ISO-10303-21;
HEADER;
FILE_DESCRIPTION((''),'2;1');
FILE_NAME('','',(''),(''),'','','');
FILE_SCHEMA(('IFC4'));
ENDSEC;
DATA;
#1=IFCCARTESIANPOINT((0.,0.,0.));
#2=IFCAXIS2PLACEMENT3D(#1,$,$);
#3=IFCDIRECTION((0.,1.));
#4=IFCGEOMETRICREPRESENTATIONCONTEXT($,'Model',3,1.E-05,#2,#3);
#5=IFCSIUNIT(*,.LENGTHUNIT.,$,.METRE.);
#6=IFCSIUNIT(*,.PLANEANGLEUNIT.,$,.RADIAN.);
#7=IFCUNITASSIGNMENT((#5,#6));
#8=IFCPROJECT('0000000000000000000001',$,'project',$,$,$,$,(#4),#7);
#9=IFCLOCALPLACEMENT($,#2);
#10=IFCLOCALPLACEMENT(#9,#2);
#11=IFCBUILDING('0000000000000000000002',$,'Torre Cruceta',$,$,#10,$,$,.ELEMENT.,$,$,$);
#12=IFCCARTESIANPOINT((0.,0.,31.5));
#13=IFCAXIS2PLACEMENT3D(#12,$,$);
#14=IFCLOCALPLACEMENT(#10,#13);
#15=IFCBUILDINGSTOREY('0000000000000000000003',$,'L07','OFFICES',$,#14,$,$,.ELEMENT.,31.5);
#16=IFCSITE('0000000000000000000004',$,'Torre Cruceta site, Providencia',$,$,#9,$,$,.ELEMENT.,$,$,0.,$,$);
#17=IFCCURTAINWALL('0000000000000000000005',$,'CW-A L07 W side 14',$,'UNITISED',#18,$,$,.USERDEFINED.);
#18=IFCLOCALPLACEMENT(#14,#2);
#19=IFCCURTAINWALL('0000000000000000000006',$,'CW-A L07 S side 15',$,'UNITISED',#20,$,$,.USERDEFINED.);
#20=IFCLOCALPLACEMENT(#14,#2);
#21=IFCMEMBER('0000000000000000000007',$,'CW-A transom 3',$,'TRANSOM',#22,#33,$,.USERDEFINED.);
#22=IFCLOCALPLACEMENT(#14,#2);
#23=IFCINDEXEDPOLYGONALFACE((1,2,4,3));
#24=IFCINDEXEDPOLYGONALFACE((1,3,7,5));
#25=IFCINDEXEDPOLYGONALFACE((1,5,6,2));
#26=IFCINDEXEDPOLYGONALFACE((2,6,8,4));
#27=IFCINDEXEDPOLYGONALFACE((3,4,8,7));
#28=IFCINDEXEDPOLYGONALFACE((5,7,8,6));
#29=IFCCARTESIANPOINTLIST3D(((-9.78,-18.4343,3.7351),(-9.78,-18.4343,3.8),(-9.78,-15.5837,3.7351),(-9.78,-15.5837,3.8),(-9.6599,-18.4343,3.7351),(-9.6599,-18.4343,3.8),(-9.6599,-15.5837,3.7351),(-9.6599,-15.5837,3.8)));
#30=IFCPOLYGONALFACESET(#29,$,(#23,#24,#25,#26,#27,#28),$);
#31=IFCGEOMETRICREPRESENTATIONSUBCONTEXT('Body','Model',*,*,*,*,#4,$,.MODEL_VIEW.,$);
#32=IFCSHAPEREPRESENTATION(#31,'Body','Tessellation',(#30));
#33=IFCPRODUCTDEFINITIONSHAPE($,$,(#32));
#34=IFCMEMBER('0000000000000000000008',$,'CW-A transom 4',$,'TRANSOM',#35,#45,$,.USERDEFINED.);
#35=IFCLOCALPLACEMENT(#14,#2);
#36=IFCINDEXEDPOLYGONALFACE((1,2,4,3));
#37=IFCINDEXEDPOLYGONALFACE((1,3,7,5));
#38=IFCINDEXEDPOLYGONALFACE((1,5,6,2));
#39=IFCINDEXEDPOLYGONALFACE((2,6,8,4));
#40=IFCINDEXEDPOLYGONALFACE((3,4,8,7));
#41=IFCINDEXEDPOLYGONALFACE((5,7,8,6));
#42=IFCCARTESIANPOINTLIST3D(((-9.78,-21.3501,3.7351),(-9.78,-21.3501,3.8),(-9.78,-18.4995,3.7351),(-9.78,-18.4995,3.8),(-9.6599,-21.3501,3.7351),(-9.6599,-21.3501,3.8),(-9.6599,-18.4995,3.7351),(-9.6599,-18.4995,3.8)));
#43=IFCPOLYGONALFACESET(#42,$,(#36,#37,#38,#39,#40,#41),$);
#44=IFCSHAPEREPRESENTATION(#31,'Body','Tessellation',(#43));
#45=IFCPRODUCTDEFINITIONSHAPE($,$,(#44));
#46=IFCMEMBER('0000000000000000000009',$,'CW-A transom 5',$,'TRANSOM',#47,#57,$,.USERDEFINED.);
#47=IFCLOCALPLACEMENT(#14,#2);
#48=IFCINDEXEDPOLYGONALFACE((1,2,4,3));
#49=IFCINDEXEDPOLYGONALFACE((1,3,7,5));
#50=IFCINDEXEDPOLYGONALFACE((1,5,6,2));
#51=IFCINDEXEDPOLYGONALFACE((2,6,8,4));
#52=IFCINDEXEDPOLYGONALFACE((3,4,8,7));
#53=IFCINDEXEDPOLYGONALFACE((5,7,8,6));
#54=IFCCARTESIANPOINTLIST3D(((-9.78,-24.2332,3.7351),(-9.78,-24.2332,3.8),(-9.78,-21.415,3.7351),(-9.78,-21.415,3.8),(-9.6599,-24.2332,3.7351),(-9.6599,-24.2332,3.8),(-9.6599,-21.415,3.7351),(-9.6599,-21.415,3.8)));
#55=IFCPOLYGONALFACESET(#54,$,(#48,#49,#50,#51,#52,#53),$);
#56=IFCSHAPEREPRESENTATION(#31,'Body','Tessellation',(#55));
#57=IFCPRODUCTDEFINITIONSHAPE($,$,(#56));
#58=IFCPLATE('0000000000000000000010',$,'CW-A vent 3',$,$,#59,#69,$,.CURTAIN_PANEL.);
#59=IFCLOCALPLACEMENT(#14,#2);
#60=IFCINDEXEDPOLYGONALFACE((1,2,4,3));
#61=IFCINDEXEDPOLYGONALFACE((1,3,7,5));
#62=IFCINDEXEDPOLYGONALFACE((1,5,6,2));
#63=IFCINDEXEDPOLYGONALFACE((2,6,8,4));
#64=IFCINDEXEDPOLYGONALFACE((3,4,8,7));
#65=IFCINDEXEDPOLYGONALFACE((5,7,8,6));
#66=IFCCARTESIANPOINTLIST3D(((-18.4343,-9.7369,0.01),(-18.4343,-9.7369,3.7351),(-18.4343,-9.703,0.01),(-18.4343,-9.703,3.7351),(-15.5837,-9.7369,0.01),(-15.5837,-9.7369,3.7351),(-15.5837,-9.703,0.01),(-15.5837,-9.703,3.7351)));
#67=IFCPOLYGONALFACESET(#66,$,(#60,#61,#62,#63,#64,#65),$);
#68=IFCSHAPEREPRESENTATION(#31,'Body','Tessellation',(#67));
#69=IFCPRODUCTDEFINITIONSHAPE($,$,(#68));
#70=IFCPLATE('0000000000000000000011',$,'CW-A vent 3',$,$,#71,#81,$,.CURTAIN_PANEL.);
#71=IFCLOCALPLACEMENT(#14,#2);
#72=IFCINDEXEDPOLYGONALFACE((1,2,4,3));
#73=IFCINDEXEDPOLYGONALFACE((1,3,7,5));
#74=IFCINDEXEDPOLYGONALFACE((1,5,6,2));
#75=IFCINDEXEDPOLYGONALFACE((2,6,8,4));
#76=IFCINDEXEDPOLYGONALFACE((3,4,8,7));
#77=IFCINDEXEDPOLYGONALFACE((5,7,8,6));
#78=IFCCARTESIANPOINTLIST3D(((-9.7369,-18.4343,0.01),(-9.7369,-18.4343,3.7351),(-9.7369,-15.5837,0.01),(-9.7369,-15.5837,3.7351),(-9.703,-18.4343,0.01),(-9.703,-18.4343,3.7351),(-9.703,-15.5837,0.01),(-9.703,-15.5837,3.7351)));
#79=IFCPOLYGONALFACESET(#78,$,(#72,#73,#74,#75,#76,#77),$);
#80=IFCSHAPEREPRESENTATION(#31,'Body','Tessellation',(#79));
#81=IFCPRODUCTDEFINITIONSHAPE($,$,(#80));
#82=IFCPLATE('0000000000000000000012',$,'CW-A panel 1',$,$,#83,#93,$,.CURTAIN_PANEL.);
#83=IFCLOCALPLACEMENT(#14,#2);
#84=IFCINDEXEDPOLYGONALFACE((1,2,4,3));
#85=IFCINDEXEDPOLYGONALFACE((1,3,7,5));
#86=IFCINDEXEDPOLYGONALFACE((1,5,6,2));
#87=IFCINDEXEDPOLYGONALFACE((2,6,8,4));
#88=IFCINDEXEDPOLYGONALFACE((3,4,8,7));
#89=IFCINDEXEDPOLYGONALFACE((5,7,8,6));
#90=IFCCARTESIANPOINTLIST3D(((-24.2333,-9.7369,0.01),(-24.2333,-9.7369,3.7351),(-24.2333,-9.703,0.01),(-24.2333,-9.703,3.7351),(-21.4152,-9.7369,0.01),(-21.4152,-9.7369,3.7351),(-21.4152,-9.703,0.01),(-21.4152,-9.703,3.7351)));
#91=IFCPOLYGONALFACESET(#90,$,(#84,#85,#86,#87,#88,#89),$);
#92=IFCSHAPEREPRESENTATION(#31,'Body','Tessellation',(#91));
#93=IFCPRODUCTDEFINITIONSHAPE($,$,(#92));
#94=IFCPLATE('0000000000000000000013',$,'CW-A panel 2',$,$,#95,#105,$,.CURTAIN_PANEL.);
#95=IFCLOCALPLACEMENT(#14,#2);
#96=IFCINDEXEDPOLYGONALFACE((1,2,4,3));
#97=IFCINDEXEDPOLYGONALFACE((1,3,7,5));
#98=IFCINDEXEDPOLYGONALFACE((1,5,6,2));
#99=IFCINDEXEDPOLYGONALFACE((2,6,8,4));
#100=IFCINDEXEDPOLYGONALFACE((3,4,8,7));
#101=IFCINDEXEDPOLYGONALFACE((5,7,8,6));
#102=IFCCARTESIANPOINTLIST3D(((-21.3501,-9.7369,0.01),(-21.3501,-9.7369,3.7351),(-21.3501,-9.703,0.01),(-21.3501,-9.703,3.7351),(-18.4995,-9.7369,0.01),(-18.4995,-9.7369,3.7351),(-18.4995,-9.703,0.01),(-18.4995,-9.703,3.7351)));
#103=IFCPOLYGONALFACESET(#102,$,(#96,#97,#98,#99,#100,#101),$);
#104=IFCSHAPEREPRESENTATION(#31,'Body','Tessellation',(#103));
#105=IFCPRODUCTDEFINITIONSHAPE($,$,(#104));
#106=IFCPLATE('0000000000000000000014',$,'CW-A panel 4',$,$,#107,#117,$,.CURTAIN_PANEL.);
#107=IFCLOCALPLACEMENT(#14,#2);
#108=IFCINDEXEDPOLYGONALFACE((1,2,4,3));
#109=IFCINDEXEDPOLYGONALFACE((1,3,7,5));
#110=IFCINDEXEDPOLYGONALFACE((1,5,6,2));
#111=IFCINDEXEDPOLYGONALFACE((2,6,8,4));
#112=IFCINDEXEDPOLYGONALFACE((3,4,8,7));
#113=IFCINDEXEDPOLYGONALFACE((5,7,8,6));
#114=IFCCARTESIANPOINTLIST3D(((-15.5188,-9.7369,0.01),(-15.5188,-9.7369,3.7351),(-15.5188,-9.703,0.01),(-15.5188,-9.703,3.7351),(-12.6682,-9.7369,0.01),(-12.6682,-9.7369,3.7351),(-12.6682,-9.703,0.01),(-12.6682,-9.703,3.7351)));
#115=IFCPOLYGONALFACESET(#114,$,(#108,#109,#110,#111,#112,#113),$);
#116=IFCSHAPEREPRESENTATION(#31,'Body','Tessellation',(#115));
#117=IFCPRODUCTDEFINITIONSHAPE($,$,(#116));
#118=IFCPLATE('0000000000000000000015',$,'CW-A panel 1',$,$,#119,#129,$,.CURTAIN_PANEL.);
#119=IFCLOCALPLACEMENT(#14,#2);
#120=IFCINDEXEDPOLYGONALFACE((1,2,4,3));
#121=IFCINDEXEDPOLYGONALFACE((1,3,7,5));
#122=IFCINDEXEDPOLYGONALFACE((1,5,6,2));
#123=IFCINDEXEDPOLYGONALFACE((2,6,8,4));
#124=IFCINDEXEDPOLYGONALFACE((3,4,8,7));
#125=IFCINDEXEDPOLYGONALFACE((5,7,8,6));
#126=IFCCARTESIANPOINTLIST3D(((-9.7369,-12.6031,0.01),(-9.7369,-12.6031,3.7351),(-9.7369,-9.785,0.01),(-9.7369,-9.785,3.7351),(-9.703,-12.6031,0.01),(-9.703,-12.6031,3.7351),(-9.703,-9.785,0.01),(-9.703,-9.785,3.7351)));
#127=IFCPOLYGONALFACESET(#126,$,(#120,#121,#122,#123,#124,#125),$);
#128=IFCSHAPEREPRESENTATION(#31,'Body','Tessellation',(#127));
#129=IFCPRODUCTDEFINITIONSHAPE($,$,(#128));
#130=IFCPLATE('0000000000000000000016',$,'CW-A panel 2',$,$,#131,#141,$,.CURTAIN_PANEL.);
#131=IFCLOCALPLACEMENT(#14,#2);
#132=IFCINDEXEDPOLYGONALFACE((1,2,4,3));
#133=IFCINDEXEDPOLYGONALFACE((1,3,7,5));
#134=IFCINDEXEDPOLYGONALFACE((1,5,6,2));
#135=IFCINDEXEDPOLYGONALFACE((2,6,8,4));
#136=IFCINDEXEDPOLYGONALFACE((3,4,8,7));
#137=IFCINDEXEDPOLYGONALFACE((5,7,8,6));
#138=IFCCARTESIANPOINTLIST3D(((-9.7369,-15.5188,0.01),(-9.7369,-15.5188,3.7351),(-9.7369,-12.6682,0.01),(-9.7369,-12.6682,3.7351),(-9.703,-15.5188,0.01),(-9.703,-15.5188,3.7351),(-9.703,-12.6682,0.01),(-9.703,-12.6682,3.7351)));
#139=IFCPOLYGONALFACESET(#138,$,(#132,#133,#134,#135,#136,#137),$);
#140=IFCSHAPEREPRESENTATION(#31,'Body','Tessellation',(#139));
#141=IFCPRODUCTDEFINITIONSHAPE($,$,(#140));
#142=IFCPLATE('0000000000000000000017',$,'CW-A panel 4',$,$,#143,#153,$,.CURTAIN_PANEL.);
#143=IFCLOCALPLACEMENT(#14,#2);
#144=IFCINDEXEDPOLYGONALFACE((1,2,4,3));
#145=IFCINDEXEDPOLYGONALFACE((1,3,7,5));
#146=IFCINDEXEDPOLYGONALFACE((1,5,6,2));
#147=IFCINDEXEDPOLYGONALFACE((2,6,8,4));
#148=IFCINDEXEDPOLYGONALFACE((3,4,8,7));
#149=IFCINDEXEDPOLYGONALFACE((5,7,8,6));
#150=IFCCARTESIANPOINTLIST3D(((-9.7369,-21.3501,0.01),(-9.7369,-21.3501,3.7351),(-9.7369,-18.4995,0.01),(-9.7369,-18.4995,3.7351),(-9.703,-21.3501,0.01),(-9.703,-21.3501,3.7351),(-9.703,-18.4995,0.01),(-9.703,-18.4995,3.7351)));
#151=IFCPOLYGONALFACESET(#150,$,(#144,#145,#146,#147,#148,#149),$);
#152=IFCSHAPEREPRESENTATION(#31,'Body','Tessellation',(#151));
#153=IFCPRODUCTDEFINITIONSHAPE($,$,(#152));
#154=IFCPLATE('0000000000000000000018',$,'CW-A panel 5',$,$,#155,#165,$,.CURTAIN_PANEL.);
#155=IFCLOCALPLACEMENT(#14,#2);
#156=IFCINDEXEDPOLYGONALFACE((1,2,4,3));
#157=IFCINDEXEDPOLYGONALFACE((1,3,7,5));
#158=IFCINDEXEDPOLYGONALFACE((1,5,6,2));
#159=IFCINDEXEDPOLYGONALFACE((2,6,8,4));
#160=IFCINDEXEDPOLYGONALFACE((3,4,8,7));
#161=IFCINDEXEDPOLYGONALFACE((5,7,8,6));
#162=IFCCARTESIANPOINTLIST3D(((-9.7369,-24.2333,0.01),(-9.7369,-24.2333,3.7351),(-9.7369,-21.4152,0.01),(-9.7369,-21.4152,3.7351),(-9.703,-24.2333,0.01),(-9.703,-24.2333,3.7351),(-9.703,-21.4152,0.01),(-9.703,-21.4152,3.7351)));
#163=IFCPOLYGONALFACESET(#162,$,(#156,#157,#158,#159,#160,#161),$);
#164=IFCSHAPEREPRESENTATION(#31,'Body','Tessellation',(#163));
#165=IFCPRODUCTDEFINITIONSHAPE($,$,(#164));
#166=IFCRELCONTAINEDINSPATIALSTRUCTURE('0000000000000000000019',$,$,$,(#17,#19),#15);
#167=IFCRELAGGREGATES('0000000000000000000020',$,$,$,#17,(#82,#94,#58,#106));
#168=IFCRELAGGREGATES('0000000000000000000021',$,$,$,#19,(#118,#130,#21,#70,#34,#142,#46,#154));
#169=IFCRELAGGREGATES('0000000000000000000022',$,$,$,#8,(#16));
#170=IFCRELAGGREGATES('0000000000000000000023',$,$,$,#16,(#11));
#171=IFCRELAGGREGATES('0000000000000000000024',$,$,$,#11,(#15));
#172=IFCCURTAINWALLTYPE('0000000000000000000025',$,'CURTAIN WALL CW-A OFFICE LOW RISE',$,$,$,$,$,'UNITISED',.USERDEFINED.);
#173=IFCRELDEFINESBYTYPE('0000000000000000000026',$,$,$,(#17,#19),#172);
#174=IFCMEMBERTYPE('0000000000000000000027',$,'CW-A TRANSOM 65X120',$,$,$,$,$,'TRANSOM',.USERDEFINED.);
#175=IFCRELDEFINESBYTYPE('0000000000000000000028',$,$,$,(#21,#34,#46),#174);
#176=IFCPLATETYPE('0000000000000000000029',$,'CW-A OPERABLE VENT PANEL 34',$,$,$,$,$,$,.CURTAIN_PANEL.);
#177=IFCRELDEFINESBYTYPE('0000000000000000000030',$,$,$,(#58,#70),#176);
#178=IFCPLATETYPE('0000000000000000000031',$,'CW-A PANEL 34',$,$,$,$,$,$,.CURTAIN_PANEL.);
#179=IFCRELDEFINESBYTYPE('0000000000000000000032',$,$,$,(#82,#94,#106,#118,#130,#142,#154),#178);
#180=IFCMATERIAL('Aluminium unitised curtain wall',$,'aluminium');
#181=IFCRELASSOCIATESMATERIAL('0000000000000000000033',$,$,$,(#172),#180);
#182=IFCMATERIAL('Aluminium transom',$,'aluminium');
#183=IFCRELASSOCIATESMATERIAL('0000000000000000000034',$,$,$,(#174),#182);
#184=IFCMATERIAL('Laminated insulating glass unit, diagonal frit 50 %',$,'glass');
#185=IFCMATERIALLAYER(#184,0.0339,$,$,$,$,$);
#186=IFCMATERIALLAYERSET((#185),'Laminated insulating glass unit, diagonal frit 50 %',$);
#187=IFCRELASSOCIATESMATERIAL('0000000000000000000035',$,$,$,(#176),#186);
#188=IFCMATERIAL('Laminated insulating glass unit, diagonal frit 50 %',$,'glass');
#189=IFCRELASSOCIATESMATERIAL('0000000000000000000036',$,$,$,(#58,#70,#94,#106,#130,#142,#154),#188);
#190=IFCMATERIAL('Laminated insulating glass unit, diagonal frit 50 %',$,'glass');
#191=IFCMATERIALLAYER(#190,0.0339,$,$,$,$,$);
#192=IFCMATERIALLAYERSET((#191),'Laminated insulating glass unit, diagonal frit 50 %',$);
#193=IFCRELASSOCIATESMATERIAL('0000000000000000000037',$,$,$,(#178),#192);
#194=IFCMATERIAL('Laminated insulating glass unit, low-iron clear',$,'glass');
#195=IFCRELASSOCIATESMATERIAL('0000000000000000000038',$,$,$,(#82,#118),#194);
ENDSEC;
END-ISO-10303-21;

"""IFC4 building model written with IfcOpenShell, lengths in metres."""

from ifc_helpers import new_model, si_unit, direction, frame, origin, origin_2d, place, context, subcontext, project, spatial, rectangle, extrude, material, layer, layer_set, material_profile, profile_set, type_object, element, aggregate, save


model = new_model("IFC4")

# Units and contexts
model_context = context("Model", 3, precision=1e-05, world=origin(), true_north=direction((0.0, 1.0)))
body_context = subcontext(model_context, "Body", "Model", "MODEL_VIEW")
ifc_project = project(units=[si_unit("LENGTHUNIT", "METRE"), si_unit("PLANEANGLEUNIT", "RADIAN")], contexts=[model_context])

# Site, building, storey
site_placement = place(None, origin())
site = spatial("IfcSite", under=ifc_project, at=site_placement, Name="Torre Cruceta site, Providencia", CompositionType="ELEMENT", RefElevation=0.0)
building_placement = place(site_placement, origin())
building = spatial("IfcBuilding", under=site, at=building_placement, Name="Torre Cruceta", CompositionType="ELEMENT")
storey_placement = place(building_placement, frame((0.0, 0.0, 31.5)))
storey = spatial("IfcBuildingStorey", under=building, at=storey_placement, Name="L07", Description="OFFICES", CompositionType="ELEMENT", Elevation=31.5)

# Curtain walls
ifc_material_1 = material(Name="Aluminium unitised curtain wall", Category="aluminium")
curtain_wall_type = type_object("IfcCurtainWallType", Name="CURTAIN WALL CW-A OFFICE LOW RISE", ElementType="UNITISED", PredefinedType="USERDEFINED", material=ifc_material_1)
curtain_wall_1_placement = place(storey_placement, origin())
curtain_wall_1 = element("IfcCurtainWall", 1, at=curtain_wall_1_placement, inside=storey, type_object=curtain_wall_type, Name="CW-A L07 W side 14", ObjectType="UNITISED", PredefinedType="USERDEFINED")
curtain_wall_2_placement = place(storey_placement, origin())
curtain_wall_2 = element("IfcCurtainWall", 2, at=curtain_wall_2_placement, inside=storey, type_object=curtain_wall_type, Name="CW-A L07 S side 15", ObjectType="UNITISED", PredefinedType="USERDEFINED")

# Members
ifc_material_2 = material(Name="Aluminium transom", Category="aluminium")
ifc_material_profile_1 = material_profile(ifc_material_2, rectangle(XDim=0.1201, YDim=0.0649, at=origin_2d()), Name="AL 120X65")
ifc_profile_set_1 = profile_set([ifc_material_profile_1], Name="Aluminium transom")
member_type_1 = type_object("IfcMemberType", Name="CW-A TRANSOM 65X120", ElementType="TRANSOM", PredefinedType="USERDEFINED", material=ifc_profile_set_1)
member_1_placement = place(storey_placement, frame((-9.72, -15.5837, 3.7676), z_axis=(0.0, -1.0, 0.0), x_axis=(1.0, 0.0, 0.0)))
member_1 = element("IfcMember", 3, at=member_1_placement, type_object=member_type_1, Name="CW-A transom 3", ObjectType="TRANSOM", PredefinedType="USERDEFINED", context=body_context, shape_type="SweptSolid", body=[
    extrude(rectangle(XDim=0.1201, YDim=0.0649, at=origin_2d()), origin(), (0.0, 0.0, 1.0), 2.8506),
])
member_2_placement = place(storey_placement, frame((-9.72, -18.4995, 3.7676), z_axis=(0.0, -1.0, 0.0), x_axis=(1.0, 0.0, 0.0)))
member_2 = element("IfcMember", 4, at=member_2_placement, type_object=member_type_1, Name="CW-A transom 4", ObjectType="TRANSOM", PredefinedType="USERDEFINED", context=body_context, shape_type="SweptSolid", body=[
    extrude(rectangle(XDim=0.1201, YDim=0.0649, at=origin_2d()), origin(), (0.0, 0.0, 1.0), 2.8506),
])
member_3_placement = place(storey_placement, frame((-9.72, -21.415, 3.7676), z_axis=(0.0, -1.0, 0.0), x_axis=(1.0, 0.0, 0.0)))
member_3 = element("IfcMember", 5, at=member_3_placement, type_object=member_type_1, Name="CW-A transom 5", ObjectType="TRANSOM", PredefinedType="USERDEFINED", context=body_context, shape_type="SweptSolid", body=[
    extrude(rectangle(XDim=0.1201, YDim=0.0649, at=origin_2d()), origin(), (0.0, 0.0, 1.0), 2.8181),
])

# Plates
ifc_material_3 = material(Name="Laminated insulating glass unit, diagonal frit 50 %", Category="glass")
ifc_material_4 = material(Name="Laminated insulating glass unit, diagonal frit 50 %", Category="glass")
ifc_layer_1 = layer(ifc_material_4, 0.0339)
ifc_layer_set_1 = layer_set([ifc_layer_1], Name="Laminated insulating glass unit, diagonal frit 50 %")
plate_type_1 = type_object("IfcPlateType", Name="CW-A OPERABLE VENT PANEL 34", PredefinedType="CURTAIN_PANEL", material=ifc_layer_set_1)
plate_1_placement = place(storey_placement, frame((-17.009, -9.72, 0.01), z_axis=(0.0, 0.0, 1.0), x_axis=(1.0, 0.0, 0.0)))
plate_1 = element("IfcPlate", 6, at=plate_1_placement, type_object=plate_type_1, material=ifc_material_3, Name="CW-A vent 3", PredefinedType="CURTAIN_PANEL", context=body_context, shape_type="SweptSolid", body=[
    extrude(rectangle(XDim=2.8506, YDim=0.0339, at=origin_2d()), origin(), (0.0, 0.0, 1.0), 3.7251),
])
plate_2_placement = place(storey_placement, frame((-9.72, -17.009, 0.01), z_axis=(0.0, 0.0, 1.0), x_axis=(0.0, -1.0, 0.0)))
plate_2 = element("IfcPlate", 7, at=plate_2_placement, type_object=plate_type_1, material=ifc_material_3, Name="CW-A vent 3", PredefinedType="CURTAIN_PANEL", context=body_context, shape_type="SweptSolid", body=[
    extrude(rectangle(XDim=2.8506, YDim=0.0339, at=origin_2d()), origin(), (0.0, 0.0, 1.0), 3.7251),
])
ifc_material_5 = material(Name="Laminated insulating glass unit, low-iron clear", Category="glass")
ifc_material_6 = material(Name="Laminated insulating glass unit, diagonal frit 50 %", Category="glass")
ifc_layer_2 = layer(ifc_material_6, 0.0339)
ifc_layer_set_2 = layer_set([ifc_layer_2], Name="Laminated insulating glass unit, diagonal frit 50 %")
plate_type_2 = type_object("IfcPlateType", Name="CW-A PANEL 34", PredefinedType="CURTAIN_PANEL", material=ifc_layer_set_2)
plate_3_placement = place(storey_placement, frame((-22.8242, -9.72, 0.01), z_axis=(0.0, 0.0, 1.0), x_axis=(1.0, 0.0, 0.0)))
plate_3 = element("IfcPlate", 8, at=plate_3_placement, type_object=plate_type_2, material=ifc_material_5, Name="CW-A panel 1", PredefinedType="CURTAIN_PANEL", context=body_context, shape_type="SweptSolid", body=[
    extrude(rectangle(XDim=2.8181, YDim=0.0339, at=origin_2d()), origin(), (0.0, 0.0, 1.0), 3.7251),
])
plate_4_placement = place(storey_placement, frame((-19.9248, -9.72, 0.01), z_axis=(0.0, 0.0, 1.0), x_axis=(1.0, 0.0, 0.0)))
plate_4 = element("IfcPlate", 9, at=plate_4_placement, type_object=plate_type_2, material=ifc_material_3, Name="CW-A panel 2", PredefinedType="CURTAIN_PANEL", context=body_context, shape_type="SweptSolid", body=[
    extrude(rectangle(XDim=2.8506, YDim=0.0339, at=origin_2d()), origin(), (0.0, 0.0, 1.0), 3.7251),
])
plate_5_placement = place(storey_placement, frame((-14.0935, -9.72, 0.01), z_axis=(0.0, 0.0, 1.0), x_axis=(1.0, 0.0, 0.0)))
plate_5 = element("IfcPlate", 10, at=plate_5_placement, type_object=plate_type_2, material=ifc_material_3, Name="CW-A panel 4", PredefinedType="CURTAIN_PANEL", context=body_context, shape_type="SweptSolid", body=[
    extrude(rectangle(XDim=2.8506, YDim=0.0339, at=origin_2d()), origin(), (0.0, 0.0, 1.0), 3.7251),
])
aggregate(curtain_wall_1, [plate_3, plate_4, plate_1, plate_5])
plate_6_placement = place(storey_placement, frame((-9.72, -11.1941, 0.01), z_axis=(0.0, 0.0, 1.0), x_axis=(0.0, -1.0, 0.0)))
plate_6 = element("IfcPlate", 11, at=plate_6_placement, type_object=plate_type_2, material=ifc_material_5, Name="CW-A panel 1", PredefinedType="CURTAIN_PANEL", context=body_context, shape_type="SweptSolid", body=[
    extrude(rectangle(XDim=2.8181, YDim=0.0339, at=origin_2d()), origin(), (0.0, 0.0, 1.0), 3.7251),
])
plate_7_placement = place(storey_placement, frame((-9.72, -14.0935, 0.01), z_axis=(0.0, 0.0, 1.0), x_axis=(0.0, -1.0, 0.0)))
plate_7 = element("IfcPlate", 12, at=plate_7_placement, type_object=plate_type_2, material=ifc_material_3, Name="CW-A panel 2", PredefinedType="CURTAIN_PANEL", context=body_context, shape_type="SweptSolid", body=[
    extrude(rectangle(XDim=2.8506, YDim=0.0339, at=origin_2d()), origin(), (0.0, 0.0, 1.0), 3.7251),
])
plate_8_placement = place(storey_placement, frame((-9.72, -19.9248, 0.01), z_axis=(0.0, 0.0, 1.0), x_axis=(0.0, -1.0, 0.0)))
plate_8 = element("IfcPlate", 13, at=plate_8_placement, type_object=plate_type_2, material=ifc_material_3, Name="CW-A panel 4", PredefinedType="CURTAIN_PANEL", context=body_context, shape_type="SweptSolid", body=[
    extrude(rectangle(XDim=2.8506, YDim=0.0339, at=origin_2d()), origin(), (0.0, 0.0, 1.0), 3.7251),
])
plate_9_placement = place(storey_placement, frame((-9.72, -22.8242, 0.01), z_axis=(0.0, 0.0, 1.0), x_axis=(0.0, -1.0, 0.0)))
plate_9 = element("IfcPlate", 14, at=plate_9_placement, type_object=plate_type_2, material=ifc_material_3, Name="CW-A panel 5", PredefinedType="CURTAIN_PANEL", context=body_context, shape_type="SweptSolid", body=[
    extrude(rectangle(XDim=2.8181, YDim=0.0339, at=origin_2d()), origin(), (0.0, 0.0, 1.0), 3.7251),
])
aggregate(curtain_wall_2, [plate_6, plate_7, member_1, plate_2, member_2, plate_8, member_3, plate_9])

save(model, "model.ifc")
